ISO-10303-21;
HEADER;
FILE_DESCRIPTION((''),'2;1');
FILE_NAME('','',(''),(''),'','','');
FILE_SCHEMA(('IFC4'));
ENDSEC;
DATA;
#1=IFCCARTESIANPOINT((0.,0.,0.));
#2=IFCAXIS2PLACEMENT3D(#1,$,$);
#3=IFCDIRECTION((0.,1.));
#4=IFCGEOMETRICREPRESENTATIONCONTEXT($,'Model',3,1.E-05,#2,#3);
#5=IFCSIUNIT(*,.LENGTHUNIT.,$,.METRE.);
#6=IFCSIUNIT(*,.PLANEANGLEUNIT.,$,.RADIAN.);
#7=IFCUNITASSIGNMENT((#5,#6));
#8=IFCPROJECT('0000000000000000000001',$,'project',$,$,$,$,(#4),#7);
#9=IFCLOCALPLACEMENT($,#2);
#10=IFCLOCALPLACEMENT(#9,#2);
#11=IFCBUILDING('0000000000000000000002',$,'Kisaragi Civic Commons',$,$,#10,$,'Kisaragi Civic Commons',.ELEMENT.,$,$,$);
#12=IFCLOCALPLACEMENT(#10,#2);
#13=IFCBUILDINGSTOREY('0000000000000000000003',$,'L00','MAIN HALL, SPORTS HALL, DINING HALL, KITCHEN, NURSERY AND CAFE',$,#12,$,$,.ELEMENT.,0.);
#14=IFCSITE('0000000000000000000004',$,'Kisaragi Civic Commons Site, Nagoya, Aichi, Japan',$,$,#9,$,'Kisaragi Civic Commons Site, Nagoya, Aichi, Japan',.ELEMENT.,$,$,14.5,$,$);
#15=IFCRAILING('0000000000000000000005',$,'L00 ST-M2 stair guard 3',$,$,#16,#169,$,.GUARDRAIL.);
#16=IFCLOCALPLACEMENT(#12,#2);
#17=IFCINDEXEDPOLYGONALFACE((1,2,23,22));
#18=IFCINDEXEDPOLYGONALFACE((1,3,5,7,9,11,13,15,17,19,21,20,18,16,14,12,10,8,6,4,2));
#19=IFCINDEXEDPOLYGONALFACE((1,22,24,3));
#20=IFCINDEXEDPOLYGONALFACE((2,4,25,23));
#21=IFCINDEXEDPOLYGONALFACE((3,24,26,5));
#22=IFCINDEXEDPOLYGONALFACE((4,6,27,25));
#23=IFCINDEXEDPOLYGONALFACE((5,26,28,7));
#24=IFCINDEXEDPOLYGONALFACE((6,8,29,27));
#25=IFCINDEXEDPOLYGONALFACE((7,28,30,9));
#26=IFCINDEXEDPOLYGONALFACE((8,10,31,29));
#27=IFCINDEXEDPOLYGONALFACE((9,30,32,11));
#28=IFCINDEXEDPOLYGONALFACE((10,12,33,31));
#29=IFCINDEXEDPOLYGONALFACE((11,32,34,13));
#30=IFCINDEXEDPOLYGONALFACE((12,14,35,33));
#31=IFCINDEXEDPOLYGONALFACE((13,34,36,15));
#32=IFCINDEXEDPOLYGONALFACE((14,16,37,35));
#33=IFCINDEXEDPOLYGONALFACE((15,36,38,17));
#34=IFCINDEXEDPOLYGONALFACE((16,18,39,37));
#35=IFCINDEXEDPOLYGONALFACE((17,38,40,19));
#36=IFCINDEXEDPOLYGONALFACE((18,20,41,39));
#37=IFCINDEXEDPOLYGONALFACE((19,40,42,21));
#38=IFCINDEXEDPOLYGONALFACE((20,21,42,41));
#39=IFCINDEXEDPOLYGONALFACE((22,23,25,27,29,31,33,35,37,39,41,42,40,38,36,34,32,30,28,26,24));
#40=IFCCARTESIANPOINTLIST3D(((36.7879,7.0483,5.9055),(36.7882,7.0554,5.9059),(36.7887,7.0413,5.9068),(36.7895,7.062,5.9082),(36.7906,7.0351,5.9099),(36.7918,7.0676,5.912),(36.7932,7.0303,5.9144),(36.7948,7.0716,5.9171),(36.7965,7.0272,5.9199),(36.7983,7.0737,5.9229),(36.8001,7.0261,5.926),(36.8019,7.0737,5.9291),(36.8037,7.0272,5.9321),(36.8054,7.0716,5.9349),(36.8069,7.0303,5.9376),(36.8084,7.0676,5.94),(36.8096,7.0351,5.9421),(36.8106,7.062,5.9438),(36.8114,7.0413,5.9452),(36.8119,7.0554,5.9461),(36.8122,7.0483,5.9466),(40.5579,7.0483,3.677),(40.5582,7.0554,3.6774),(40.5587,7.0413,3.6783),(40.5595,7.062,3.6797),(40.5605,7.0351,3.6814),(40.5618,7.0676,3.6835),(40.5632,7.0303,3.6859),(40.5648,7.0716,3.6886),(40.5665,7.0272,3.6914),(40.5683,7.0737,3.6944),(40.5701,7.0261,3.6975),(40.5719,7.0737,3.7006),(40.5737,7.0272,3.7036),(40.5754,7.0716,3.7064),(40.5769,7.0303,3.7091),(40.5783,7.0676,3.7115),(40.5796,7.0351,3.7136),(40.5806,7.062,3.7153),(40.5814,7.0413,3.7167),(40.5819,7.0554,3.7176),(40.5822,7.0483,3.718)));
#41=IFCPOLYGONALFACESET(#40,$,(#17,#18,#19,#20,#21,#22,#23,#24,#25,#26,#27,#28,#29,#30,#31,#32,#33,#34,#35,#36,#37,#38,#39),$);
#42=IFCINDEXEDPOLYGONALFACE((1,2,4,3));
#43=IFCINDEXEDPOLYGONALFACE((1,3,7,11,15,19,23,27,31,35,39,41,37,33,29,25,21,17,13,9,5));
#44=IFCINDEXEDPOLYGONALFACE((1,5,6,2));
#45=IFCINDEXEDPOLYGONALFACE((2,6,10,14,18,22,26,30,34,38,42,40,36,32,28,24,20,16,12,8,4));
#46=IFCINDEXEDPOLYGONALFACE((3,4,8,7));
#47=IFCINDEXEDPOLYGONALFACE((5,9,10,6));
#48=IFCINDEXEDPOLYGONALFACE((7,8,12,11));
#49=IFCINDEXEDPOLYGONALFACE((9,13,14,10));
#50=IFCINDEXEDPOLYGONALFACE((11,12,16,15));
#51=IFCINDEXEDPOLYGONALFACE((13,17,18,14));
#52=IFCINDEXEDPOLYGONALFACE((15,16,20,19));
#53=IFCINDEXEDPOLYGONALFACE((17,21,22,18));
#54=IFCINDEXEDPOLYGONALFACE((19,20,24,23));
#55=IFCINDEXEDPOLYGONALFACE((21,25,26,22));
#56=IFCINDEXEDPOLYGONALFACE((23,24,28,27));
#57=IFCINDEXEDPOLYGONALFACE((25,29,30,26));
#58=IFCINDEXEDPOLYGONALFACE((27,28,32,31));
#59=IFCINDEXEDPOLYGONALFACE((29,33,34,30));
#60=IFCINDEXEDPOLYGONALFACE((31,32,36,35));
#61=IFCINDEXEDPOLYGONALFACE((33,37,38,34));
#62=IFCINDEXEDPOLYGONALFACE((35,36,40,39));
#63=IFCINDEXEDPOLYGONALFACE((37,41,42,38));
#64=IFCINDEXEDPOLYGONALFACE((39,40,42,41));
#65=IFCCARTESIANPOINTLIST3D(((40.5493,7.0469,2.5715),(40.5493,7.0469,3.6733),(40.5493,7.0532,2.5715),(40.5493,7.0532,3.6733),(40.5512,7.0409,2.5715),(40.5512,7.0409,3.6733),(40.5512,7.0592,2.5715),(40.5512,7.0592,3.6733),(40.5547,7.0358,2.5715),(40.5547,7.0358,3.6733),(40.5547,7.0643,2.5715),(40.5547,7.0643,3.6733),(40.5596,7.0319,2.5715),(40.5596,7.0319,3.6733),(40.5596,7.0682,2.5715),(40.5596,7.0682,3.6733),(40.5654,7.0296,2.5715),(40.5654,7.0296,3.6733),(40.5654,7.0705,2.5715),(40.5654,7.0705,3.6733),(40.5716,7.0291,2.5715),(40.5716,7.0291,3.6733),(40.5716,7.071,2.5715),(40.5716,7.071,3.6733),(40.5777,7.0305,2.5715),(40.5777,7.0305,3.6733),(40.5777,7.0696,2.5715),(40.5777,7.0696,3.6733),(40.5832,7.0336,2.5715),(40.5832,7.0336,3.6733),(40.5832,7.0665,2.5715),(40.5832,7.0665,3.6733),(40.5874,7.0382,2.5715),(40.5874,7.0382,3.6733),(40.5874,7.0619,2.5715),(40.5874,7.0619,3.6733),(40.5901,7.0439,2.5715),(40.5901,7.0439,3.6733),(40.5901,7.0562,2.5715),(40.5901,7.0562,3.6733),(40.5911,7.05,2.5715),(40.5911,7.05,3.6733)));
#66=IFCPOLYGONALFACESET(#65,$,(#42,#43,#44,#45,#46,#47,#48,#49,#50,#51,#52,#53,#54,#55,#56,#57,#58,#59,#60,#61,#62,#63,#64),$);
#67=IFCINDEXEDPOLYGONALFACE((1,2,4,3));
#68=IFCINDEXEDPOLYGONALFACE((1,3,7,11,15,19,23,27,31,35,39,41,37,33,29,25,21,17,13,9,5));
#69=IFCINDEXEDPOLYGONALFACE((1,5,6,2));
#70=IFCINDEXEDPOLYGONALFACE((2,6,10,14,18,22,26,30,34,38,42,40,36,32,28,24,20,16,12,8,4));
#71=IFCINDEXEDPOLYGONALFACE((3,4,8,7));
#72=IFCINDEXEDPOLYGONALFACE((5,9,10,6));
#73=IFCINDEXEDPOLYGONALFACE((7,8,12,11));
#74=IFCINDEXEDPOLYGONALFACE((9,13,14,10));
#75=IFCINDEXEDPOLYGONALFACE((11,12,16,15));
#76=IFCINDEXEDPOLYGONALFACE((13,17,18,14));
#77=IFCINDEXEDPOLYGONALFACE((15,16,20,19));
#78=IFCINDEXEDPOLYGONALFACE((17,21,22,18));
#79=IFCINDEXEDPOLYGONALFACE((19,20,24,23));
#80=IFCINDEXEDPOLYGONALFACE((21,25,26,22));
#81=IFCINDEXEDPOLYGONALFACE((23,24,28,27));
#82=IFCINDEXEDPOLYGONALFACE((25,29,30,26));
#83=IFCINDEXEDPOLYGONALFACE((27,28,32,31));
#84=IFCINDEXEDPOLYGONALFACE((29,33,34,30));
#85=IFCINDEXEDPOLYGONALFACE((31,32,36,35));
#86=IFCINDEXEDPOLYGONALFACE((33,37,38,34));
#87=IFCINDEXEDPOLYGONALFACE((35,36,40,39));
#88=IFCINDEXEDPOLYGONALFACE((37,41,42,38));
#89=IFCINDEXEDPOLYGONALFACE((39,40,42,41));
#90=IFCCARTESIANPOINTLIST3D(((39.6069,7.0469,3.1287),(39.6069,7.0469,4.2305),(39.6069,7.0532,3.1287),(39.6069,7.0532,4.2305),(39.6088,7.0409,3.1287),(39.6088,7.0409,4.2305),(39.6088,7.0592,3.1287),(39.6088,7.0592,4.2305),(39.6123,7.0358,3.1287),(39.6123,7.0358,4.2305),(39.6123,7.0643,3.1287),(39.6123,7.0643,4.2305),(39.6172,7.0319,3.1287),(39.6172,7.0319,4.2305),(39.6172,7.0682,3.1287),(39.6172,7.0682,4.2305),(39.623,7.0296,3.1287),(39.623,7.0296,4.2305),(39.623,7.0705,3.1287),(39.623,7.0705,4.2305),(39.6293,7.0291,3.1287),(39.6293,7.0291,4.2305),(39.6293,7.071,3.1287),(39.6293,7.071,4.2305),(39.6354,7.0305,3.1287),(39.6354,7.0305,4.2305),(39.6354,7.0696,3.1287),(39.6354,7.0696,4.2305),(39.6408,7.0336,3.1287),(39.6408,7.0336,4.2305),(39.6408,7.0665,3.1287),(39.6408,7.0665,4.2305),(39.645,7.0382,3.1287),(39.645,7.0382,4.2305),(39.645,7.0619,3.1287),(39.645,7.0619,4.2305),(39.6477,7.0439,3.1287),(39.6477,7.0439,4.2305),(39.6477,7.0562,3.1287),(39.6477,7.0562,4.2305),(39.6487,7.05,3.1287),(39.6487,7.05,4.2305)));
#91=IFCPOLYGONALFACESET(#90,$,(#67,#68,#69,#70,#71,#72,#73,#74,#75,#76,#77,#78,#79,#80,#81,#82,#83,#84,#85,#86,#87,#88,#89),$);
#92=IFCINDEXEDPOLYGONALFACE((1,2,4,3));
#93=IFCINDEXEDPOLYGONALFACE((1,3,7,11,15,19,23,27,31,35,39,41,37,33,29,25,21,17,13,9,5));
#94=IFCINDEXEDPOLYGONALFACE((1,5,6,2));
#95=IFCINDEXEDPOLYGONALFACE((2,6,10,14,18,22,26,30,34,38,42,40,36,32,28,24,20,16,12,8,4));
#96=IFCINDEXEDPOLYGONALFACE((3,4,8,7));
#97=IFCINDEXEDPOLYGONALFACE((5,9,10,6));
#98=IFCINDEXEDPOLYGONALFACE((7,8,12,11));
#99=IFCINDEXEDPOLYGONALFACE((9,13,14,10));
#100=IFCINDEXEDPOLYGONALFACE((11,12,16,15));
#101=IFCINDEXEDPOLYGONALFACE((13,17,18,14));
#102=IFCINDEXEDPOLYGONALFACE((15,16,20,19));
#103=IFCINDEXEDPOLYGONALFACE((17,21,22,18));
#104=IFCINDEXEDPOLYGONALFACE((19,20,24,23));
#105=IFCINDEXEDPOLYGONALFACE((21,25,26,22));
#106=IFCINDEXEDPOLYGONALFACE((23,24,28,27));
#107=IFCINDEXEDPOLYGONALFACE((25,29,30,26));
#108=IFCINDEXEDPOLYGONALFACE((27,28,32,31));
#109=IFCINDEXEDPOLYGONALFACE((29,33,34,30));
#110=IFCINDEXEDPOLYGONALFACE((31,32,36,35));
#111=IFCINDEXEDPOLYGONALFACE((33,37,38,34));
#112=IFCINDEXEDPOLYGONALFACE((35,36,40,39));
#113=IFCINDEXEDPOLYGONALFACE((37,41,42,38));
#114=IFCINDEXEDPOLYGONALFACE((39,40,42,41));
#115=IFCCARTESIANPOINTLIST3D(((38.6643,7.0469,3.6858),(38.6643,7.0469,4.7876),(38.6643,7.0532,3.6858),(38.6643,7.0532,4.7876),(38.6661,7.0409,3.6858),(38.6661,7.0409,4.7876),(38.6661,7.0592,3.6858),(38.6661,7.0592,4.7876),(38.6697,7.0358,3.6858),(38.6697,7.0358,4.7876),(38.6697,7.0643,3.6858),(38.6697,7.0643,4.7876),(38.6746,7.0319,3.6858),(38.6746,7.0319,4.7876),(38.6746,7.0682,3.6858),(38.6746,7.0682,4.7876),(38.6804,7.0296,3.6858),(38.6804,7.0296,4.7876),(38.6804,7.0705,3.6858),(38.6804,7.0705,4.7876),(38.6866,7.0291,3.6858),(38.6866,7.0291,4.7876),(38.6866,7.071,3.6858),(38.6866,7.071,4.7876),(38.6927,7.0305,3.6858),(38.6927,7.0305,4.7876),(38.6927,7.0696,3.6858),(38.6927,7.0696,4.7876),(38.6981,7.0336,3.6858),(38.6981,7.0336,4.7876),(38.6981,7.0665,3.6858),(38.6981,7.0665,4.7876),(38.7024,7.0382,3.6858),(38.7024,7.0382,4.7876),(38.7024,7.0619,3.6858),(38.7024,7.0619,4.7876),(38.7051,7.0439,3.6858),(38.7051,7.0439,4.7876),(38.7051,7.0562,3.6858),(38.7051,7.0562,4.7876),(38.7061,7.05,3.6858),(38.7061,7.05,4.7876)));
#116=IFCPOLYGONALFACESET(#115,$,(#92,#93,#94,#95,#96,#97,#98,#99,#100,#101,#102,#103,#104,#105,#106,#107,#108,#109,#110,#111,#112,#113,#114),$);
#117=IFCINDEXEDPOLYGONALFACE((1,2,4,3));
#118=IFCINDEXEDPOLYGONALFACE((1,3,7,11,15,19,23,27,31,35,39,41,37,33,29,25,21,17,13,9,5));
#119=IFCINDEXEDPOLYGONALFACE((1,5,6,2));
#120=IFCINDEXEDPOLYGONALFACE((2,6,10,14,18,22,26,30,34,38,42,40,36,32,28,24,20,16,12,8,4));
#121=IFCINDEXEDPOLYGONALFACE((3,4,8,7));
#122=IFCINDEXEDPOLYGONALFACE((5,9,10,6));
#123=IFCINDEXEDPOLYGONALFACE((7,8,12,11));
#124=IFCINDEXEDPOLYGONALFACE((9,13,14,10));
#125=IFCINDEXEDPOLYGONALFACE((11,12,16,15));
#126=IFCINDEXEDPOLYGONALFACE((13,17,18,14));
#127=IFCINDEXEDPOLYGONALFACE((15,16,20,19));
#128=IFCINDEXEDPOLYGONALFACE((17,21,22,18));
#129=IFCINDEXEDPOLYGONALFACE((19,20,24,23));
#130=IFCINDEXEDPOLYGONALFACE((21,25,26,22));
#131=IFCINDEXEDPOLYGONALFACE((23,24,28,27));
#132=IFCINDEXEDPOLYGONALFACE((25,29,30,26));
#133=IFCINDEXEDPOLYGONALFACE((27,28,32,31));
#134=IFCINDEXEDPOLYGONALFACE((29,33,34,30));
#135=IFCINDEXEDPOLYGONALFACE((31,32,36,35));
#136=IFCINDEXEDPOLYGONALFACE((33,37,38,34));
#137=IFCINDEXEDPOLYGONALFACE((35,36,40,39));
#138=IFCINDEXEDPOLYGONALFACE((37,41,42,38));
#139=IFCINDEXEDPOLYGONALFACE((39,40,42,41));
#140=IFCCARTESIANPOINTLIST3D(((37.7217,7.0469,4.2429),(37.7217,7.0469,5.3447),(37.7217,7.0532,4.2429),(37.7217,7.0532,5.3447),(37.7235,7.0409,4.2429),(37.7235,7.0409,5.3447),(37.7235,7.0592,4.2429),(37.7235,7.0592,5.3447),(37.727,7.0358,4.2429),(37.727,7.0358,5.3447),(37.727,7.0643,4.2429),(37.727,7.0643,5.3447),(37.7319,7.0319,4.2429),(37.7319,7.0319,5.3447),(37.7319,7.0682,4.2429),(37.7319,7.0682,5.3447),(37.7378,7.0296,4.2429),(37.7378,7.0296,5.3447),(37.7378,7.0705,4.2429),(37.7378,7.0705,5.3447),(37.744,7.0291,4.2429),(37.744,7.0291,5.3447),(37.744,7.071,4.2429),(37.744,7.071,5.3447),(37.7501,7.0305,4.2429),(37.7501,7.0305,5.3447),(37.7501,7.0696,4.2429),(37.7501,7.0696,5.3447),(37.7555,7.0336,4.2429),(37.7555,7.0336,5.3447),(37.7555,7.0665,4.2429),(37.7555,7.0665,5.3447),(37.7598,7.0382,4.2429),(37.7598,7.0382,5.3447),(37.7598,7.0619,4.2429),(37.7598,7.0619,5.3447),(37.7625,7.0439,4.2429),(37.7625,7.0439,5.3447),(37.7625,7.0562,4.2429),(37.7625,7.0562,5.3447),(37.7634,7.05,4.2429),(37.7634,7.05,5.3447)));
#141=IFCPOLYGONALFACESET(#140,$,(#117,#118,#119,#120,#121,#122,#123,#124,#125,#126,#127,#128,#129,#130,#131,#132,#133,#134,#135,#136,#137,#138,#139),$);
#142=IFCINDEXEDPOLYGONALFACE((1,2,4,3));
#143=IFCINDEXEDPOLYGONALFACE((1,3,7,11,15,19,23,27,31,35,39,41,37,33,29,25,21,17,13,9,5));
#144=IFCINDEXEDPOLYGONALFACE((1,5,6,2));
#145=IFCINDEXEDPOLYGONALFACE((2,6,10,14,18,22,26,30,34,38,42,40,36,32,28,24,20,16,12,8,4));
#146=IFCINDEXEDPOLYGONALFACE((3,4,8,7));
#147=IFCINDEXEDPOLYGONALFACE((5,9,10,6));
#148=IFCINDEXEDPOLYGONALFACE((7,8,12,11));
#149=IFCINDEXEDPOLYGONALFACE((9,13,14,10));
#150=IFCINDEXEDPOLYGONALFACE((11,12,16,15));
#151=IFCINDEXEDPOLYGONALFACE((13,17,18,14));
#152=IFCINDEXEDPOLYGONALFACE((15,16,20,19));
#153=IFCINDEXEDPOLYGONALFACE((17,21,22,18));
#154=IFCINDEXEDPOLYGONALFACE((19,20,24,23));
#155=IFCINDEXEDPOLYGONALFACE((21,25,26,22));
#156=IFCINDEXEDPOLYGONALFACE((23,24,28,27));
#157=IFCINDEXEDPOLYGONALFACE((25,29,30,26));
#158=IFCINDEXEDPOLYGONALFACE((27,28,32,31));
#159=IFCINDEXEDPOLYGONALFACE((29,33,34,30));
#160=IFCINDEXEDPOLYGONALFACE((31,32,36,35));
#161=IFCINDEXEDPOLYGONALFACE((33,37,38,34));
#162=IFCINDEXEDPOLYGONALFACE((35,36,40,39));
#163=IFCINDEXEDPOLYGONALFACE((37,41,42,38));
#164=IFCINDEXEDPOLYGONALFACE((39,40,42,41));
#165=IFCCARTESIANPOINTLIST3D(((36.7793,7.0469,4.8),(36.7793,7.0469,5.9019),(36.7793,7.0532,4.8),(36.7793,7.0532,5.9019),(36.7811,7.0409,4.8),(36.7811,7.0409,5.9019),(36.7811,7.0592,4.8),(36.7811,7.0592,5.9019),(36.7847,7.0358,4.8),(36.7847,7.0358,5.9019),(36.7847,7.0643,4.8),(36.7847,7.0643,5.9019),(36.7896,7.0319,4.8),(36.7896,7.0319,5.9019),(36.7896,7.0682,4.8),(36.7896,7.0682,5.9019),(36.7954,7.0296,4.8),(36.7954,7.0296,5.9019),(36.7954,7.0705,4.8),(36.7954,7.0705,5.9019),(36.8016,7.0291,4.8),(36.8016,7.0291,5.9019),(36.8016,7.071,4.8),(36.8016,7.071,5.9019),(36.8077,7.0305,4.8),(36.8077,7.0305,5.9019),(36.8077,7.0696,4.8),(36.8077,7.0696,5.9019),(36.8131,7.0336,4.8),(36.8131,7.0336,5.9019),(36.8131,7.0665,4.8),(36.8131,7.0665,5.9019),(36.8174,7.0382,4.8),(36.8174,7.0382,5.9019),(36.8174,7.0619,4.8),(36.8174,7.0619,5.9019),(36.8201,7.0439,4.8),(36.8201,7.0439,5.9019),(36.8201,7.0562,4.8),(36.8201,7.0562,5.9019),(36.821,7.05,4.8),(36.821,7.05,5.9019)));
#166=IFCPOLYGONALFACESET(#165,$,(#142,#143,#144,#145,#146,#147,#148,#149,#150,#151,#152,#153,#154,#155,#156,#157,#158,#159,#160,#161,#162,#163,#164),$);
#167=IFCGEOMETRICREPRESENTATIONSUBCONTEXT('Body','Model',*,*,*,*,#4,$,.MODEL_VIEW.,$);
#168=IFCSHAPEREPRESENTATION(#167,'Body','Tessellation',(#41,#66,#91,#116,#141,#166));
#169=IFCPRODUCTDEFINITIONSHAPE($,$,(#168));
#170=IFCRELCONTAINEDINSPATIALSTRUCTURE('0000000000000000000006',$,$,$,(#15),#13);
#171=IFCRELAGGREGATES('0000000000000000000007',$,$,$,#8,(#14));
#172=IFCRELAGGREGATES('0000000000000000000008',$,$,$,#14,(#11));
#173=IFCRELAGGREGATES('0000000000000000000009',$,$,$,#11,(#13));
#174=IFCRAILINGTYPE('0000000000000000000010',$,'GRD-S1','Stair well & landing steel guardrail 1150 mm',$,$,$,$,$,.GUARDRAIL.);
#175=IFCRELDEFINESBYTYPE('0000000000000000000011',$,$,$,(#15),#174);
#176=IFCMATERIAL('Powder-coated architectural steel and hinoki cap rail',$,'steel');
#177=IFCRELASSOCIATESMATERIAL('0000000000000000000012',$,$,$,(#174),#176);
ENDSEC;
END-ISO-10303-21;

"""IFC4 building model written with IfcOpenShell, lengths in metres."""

from ifc_helpers import new_model, si_unit, direction, frame, origin, origin_2d, place, context, subcontext, project, spatial, circle, extrude, material, type_object, element, save


model = new_model("IFC4")

# Units and contexts
model_context = context("Model", 3, precision=1e-05, world=origin(), true_north=direction((0.0, 1.0)))
body_context = subcontext(model_context, "Body", "Model", "MODEL_VIEW")
ifc_project = project(units=[si_unit("LENGTHUNIT", "METRE"), si_unit("PLANEANGLEUNIT", "RADIAN")], contexts=[model_context])

# Site, building, storey
site_placement = place(None, origin())
site = spatial("IfcSite", under=ifc_project, at=site_placement, Name="Kisaragi Civic Commons Site, Nagoya, Aichi, Japan", LongName="Kisaragi Civic Commons Site, Nagoya, Aichi, Japan", CompositionType="ELEMENT", RefElevation=14.5)
building_placement = place(site_placement, origin())
building = spatial("IfcBuilding", under=site, at=building_placement, Name="Kisaragi Civic Commons", LongName="Kisaragi Civic Commons", CompositionType="ELEMENT")
storey_placement = place(building_placement, origin())
storey = spatial("IfcBuildingStorey", under=building, at=storey_placement, Name="L00", Description="MAIN HALL, SPORTS HALL, DINING HALL, KITCHEN, NURSERY AND CAFE", CompositionType="ELEMENT", Elevation=0.0)

# Railing
ifc_material_1 = material(Name="Powder-coated architectural steel and hinoki cap rail", Category="steel")
railing_type_1 = type_object("IfcRailingType", Name="GRD-S1", Description="Stair well & landing steel guardrail 1150 mm", PredefinedType="GUARDRAIL", material=ifc_material_1)
railing_1_placement = place(storey_placement, frame((40.5701, 7.05, 2.5715)))
element("IfcRailing", 1, at=railing_1_placement, inside=storey, type_object=railing_type_1, Name="L00 ST-M2 stair guard 3", PredefinedType="GUARDRAIL", context=body_context, shape_type="SweptSolid", body=[
    extrude(circle(Radius=0.0239, at=origin_2d()), frame((0.0, 0.0, 1.126), z_axis=(-0.860849, 0.0, 0.508861), x_axis=(0.0, -1.0, 0.0)), (0.0, 0.0, 1.0), 4.3794),
    extrude(circle(Radius=0.021, at=origin_2d()), origin(), (0.0, 0.0, 1.0), 1.1018),
    extrude(circle(Radius=0.021, at=origin_2d()), frame((-0.9424, 0.0, 0.5571)), (0.0, 0.0, 1.0), 1.1018),
    extrude(circle(Radius=0.021, at=origin_2d()), frame((-1.885, 0.0, 1.1143)), (0.0, 0.0, 1.0), 1.1018),
    extrude(circle(Radius=0.021, at=origin_2d()), frame((-2.8276, 0.0, 1.6714)), (0.0, 0.0, 1.0), 1.1018),
    extrude(circle(Radius=0.021, at=origin_2d()), frame((-3.77, 0.0, 2.2285)), (0.0, 0.0, 1.0), 1.1018),
])

save(model, "model.ifc")
